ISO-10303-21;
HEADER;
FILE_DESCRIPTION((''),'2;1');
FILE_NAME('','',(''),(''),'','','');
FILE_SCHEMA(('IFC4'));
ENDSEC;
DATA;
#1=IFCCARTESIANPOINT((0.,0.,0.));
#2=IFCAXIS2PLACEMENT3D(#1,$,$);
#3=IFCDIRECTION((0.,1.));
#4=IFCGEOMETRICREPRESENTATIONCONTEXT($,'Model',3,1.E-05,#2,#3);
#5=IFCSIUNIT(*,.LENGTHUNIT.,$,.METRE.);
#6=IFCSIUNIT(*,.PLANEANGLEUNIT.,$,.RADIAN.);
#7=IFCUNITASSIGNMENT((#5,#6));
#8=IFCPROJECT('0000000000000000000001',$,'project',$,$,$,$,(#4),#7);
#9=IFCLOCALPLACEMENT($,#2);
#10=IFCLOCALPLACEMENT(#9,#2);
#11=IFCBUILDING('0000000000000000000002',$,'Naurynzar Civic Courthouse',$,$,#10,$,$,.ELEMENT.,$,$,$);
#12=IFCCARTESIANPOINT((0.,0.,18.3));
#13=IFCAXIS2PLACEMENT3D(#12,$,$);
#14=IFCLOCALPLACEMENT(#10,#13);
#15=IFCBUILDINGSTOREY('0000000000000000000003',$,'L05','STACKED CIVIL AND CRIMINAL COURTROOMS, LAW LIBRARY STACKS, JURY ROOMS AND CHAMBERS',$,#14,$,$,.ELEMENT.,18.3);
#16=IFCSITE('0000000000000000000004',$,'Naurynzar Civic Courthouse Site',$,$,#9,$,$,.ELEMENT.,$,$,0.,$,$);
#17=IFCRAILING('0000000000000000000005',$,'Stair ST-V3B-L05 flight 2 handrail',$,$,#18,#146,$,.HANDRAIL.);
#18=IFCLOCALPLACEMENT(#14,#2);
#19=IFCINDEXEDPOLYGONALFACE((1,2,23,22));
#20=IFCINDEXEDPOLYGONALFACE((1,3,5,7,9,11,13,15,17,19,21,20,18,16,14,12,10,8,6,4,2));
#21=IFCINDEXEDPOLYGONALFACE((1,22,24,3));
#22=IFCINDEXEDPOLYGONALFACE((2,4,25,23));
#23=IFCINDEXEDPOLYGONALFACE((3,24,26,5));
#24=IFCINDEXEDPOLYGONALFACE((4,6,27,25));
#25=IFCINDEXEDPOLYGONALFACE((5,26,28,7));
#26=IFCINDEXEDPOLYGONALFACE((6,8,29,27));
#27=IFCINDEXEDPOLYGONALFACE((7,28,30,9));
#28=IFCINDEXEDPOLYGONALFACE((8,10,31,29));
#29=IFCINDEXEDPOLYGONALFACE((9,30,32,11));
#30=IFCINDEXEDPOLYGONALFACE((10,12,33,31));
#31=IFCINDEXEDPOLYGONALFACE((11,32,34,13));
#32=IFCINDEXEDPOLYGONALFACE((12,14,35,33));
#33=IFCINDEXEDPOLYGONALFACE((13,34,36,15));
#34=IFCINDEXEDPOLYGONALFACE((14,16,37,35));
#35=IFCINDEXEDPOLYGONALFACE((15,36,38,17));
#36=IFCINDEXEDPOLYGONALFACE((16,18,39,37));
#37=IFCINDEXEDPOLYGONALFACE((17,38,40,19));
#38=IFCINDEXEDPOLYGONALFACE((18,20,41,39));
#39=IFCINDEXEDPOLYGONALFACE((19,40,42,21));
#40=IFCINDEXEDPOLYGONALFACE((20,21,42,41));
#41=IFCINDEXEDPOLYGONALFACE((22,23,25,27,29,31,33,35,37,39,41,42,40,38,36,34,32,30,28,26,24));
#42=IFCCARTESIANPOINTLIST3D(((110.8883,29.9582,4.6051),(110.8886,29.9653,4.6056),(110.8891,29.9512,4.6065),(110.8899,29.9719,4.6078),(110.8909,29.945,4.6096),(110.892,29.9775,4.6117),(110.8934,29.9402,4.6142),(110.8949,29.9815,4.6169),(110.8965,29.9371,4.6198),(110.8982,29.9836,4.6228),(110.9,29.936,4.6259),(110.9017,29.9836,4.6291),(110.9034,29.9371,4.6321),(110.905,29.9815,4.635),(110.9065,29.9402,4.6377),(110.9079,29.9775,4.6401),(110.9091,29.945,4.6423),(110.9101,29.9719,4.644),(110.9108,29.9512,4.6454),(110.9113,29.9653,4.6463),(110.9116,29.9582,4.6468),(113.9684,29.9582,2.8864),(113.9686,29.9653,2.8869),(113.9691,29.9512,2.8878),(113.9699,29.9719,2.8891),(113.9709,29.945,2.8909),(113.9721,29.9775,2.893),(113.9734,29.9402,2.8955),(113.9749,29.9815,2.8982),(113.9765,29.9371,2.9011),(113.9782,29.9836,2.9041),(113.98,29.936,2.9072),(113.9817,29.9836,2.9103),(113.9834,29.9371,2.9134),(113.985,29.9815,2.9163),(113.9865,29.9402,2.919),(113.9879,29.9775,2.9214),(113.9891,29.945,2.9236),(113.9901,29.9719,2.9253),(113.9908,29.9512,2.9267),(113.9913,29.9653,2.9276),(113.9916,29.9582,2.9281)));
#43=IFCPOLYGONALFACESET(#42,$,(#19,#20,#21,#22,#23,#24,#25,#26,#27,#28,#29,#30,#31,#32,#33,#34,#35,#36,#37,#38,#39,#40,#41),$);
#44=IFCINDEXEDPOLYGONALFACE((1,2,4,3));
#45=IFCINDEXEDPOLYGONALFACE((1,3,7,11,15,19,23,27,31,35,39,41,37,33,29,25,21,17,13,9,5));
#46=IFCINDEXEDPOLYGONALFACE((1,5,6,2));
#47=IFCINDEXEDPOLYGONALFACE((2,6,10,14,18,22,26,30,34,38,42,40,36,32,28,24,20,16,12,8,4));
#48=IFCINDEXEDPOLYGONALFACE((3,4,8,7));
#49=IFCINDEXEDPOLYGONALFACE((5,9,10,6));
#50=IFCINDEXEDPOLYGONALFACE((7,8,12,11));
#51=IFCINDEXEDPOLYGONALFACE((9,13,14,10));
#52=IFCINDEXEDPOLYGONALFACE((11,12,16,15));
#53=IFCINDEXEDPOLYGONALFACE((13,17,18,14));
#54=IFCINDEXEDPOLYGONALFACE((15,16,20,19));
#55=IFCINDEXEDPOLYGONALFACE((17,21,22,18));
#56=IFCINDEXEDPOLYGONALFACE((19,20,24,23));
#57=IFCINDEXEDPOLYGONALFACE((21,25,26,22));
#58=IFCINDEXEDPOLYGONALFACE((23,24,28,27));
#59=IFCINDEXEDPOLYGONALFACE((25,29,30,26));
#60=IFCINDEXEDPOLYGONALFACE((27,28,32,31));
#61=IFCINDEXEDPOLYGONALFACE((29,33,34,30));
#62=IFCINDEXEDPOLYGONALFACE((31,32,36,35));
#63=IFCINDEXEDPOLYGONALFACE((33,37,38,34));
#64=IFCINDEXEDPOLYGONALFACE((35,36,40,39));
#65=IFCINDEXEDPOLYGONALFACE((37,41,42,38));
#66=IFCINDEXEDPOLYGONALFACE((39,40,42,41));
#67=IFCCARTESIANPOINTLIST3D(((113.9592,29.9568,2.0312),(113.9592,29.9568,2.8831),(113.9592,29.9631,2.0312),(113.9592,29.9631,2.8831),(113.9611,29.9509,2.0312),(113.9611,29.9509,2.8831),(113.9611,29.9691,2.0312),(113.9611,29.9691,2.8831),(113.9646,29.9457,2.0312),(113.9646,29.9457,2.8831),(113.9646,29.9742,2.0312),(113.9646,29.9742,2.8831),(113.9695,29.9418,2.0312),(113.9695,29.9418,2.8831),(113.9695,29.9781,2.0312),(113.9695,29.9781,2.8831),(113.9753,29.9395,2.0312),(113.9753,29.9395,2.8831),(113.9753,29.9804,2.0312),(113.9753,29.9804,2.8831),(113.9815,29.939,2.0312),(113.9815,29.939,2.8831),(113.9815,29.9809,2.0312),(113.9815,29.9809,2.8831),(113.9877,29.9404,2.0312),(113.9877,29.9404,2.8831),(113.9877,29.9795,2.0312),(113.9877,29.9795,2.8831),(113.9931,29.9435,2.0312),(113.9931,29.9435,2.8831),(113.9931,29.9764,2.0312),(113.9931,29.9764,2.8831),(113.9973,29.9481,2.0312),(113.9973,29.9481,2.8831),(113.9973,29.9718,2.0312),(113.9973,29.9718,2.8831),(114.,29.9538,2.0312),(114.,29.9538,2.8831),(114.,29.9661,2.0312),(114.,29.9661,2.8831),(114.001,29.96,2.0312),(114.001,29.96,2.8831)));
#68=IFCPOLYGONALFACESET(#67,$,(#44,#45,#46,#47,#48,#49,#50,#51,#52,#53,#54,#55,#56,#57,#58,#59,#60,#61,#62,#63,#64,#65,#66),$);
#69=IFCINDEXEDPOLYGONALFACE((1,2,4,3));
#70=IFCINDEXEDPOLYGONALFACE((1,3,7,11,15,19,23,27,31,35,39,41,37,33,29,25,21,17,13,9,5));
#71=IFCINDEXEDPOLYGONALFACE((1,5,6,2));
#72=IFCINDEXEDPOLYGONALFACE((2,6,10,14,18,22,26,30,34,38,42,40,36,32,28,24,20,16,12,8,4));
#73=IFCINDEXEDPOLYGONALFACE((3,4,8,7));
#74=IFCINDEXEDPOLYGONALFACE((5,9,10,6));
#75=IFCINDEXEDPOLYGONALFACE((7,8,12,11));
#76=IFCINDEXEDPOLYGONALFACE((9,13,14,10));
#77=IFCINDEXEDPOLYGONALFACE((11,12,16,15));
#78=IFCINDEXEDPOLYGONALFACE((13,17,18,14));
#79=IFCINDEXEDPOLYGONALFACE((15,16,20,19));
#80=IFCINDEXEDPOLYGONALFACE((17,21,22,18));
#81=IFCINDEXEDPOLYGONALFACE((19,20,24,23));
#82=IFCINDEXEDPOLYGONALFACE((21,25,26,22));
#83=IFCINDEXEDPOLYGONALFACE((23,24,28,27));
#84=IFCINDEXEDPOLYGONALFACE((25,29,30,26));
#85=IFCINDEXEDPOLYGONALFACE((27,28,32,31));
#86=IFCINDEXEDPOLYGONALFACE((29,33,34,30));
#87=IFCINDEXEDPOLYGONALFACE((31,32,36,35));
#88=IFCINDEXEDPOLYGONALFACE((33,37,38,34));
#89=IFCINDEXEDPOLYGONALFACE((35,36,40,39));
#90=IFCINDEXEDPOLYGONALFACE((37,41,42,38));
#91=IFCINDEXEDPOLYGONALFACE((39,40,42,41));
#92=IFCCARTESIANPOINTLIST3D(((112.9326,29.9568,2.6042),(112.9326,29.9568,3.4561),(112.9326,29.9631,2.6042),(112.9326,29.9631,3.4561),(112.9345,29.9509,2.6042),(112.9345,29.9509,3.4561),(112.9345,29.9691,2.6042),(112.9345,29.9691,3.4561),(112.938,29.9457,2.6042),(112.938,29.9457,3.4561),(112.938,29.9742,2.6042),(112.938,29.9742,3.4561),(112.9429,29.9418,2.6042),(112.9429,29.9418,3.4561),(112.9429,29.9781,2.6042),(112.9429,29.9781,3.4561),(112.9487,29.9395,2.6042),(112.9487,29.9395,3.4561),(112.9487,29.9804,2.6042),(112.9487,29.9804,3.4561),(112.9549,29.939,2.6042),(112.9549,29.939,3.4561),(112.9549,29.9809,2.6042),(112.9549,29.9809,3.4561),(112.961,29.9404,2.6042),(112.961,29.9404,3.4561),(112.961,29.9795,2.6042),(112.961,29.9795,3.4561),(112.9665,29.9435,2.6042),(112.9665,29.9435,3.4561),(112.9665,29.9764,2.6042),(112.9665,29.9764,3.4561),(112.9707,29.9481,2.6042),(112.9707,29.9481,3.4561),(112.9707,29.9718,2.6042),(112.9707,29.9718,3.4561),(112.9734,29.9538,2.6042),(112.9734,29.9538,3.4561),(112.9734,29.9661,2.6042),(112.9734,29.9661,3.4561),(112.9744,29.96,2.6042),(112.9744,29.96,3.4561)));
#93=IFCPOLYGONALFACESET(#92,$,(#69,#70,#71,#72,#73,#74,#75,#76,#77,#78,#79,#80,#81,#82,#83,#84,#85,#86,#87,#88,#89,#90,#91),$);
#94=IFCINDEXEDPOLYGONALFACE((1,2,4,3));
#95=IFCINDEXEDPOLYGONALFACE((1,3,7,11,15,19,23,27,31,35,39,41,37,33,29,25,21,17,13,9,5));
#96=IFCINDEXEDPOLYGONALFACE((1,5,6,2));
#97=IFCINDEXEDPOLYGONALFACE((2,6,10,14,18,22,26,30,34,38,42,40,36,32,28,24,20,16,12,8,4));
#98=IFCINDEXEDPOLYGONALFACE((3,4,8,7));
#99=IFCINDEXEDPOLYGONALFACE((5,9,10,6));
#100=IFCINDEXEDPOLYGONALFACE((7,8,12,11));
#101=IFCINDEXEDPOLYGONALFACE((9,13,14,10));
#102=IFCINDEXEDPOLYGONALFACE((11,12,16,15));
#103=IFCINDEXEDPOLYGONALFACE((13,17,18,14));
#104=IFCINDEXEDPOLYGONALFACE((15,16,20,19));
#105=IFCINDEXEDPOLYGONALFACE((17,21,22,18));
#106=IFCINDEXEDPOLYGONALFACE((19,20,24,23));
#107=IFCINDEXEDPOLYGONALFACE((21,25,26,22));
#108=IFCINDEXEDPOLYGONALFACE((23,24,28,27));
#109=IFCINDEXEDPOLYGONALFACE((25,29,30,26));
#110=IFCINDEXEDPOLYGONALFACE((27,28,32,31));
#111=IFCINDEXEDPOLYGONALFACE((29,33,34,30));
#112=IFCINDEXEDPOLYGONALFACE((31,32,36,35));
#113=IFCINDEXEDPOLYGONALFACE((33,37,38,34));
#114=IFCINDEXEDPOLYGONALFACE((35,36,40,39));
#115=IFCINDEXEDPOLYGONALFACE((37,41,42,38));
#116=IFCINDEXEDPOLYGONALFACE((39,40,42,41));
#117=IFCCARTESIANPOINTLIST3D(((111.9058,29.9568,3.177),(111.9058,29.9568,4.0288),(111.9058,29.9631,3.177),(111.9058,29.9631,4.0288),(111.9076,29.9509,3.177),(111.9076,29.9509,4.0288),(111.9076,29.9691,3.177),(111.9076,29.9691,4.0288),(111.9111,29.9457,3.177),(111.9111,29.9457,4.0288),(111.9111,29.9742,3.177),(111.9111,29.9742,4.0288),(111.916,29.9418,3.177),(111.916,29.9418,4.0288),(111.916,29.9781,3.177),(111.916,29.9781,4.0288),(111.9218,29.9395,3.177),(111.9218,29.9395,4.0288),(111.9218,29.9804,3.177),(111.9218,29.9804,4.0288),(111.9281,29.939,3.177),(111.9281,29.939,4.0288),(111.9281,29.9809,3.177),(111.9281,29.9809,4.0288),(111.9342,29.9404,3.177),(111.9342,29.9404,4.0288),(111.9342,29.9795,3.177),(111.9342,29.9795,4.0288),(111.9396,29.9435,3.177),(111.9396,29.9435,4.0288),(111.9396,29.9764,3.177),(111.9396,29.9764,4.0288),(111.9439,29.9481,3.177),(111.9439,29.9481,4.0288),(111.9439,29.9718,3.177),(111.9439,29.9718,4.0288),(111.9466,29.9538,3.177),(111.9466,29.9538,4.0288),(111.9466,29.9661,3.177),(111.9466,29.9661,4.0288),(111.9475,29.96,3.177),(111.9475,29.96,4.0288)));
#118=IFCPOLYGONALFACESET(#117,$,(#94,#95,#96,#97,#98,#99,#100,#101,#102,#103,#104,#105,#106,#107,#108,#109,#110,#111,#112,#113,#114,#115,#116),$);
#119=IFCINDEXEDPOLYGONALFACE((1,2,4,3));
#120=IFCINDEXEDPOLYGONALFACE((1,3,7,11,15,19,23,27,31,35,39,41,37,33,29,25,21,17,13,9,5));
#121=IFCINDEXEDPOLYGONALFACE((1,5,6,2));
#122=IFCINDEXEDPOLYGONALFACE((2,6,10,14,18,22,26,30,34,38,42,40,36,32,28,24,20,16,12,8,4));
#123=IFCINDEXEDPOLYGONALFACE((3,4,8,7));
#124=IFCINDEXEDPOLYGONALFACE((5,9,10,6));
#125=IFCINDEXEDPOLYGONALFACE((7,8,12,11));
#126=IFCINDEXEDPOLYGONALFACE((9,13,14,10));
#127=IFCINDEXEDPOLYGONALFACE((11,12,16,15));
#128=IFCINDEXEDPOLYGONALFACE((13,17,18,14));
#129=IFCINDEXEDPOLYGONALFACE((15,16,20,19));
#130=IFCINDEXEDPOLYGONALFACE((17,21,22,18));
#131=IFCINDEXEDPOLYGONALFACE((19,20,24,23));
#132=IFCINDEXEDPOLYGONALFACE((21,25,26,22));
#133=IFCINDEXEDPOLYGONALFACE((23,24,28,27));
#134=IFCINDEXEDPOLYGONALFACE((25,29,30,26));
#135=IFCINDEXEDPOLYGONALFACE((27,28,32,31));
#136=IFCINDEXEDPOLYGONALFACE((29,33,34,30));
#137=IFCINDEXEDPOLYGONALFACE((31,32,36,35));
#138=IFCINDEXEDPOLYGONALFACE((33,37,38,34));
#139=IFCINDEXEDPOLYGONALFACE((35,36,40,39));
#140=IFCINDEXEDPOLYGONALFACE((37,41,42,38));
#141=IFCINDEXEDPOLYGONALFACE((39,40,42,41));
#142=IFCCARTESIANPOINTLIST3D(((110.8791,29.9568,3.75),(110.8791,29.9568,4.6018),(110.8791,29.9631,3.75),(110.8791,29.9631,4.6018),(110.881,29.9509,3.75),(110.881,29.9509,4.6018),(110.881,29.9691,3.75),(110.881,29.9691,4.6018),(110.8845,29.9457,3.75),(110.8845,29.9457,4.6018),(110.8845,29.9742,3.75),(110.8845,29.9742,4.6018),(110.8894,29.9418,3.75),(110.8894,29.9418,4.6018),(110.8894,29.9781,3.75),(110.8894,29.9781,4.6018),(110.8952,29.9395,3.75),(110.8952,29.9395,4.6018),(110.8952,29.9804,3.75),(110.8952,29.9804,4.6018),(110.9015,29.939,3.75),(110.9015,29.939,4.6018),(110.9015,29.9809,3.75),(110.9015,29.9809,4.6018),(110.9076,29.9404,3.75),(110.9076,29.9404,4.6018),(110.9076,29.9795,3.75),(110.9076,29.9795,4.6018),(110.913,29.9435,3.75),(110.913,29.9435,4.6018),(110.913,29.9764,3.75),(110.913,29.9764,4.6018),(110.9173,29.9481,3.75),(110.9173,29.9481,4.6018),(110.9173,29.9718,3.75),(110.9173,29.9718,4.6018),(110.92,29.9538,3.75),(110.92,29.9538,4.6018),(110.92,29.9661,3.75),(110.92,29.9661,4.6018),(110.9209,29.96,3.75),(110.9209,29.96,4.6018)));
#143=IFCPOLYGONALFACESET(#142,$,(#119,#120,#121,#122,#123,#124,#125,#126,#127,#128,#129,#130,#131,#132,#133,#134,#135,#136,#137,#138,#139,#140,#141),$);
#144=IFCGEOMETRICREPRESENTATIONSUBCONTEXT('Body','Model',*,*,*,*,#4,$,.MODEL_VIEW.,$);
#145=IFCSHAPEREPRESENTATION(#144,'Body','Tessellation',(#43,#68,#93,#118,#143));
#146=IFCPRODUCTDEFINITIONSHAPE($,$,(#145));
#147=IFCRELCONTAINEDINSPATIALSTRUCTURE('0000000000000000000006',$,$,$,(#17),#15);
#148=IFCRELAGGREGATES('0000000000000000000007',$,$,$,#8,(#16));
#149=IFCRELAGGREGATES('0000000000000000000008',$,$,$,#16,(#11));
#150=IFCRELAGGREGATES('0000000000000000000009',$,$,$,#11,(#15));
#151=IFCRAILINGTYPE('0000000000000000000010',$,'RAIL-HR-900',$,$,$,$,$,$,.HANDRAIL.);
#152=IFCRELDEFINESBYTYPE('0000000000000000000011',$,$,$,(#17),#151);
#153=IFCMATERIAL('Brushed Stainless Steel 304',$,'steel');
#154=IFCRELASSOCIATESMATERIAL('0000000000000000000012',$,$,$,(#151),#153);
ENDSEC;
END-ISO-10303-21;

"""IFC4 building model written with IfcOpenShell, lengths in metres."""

from ifc_helpers import new_model, si_unit, direction, frame, origin, origin_2d, place, context, subcontext, project, spatial, circle, extrude, material, type_object, element, save


model = new_model("IFC4")

# Units and contexts
model_context = context("Model", 3, precision=1e-05, world=origin(), true_north=direction((0.0, 1.0)))
body_context = subcontext(model_context, "Body", "Model", "MODEL_VIEW")
ifc_project = project(units=[si_unit("LENGTHUNIT", "METRE"), si_unit("PLANEANGLEUNIT", "RADIAN")], contexts=[model_context])

# Site, building, storey
site_placement = place(None, origin())
site = spatial("IfcSite", under=ifc_project, at=site_placement, Name="Naurynzar Civic Courthouse Site", CompositionType="ELEMENT", RefElevation=0.0)
building_placement = place(site_placement, origin())
building = spatial("IfcBuilding", under=site, at=building_placement, Name="Naurynzar Civic Courthouse", CompositionType="ELEMENT")
storey_placement = place(building_placement, frame((0.0, 0.0, 18.3)))
storey = spatial("IfcBuildingStorey", under=building, at=storey_placement, Name="L05", Description="STACKED CIVIL AND CRIMINAL COURTROOMS, LAW LIBRARY STACKS, JURY ROOMS AND CHAMBERS", CompositionType="ELEMENT", Elevation=18.3)

# Railing
ifc_material_1 = material(Name="Brushed Stainless Steel 304", Category="steel")
railing_type_1 = type_object("IfcRailingType", Name="RAIL-HR-900", PredefinedType="HANDRAIL", material=ifc_material_1)
railing_1_placement = place(storey_placement, frame((113.98, 29.96, 2.0312)))
element("IfcRailing", 1, at=railing_1_placement, inside=storey, type_object=railing_type_1, Name="Stair ST-V3B-L05 flight 2 handrail", PredefinedType="HANDRAIL", context=body_context, shape_type="SweptSolid", body=[
    extrude(circle(Radius=0.0239, at=origin_2d()), frame((0.0, 0.0, 0.876), z_axis=(-0.873242, 0.0, 0.487288), x_axis=(0.0, -1.0, 0.0)), (0.0, 0.0, 1.0), 3.5271),
    extrude(circle(Radius=0.021, at=origin_2d()), origin(), (0.0, 0.0, 1.0), 0.8518),
    extrude(circle(Radius=0.021, at=origin_2d()), frame((-1.0266, 0.0, 0.573)), (0.0, 0.0, 1.0), 0.8518),
    extrude(circle(Radius=0.021, at=origin_2d()), frame((-2.0535, 0.0, 1.1458)), (0.0, 0.0, 1.0), 0.8518),
    extrude(circle(Radius=0.021, at=origin_2d()), frame((-3.0801, 0.0, 1.7188)), (0.0, 0.0, 1.0), 0.8518),
])

save(model, "model.ifc")
